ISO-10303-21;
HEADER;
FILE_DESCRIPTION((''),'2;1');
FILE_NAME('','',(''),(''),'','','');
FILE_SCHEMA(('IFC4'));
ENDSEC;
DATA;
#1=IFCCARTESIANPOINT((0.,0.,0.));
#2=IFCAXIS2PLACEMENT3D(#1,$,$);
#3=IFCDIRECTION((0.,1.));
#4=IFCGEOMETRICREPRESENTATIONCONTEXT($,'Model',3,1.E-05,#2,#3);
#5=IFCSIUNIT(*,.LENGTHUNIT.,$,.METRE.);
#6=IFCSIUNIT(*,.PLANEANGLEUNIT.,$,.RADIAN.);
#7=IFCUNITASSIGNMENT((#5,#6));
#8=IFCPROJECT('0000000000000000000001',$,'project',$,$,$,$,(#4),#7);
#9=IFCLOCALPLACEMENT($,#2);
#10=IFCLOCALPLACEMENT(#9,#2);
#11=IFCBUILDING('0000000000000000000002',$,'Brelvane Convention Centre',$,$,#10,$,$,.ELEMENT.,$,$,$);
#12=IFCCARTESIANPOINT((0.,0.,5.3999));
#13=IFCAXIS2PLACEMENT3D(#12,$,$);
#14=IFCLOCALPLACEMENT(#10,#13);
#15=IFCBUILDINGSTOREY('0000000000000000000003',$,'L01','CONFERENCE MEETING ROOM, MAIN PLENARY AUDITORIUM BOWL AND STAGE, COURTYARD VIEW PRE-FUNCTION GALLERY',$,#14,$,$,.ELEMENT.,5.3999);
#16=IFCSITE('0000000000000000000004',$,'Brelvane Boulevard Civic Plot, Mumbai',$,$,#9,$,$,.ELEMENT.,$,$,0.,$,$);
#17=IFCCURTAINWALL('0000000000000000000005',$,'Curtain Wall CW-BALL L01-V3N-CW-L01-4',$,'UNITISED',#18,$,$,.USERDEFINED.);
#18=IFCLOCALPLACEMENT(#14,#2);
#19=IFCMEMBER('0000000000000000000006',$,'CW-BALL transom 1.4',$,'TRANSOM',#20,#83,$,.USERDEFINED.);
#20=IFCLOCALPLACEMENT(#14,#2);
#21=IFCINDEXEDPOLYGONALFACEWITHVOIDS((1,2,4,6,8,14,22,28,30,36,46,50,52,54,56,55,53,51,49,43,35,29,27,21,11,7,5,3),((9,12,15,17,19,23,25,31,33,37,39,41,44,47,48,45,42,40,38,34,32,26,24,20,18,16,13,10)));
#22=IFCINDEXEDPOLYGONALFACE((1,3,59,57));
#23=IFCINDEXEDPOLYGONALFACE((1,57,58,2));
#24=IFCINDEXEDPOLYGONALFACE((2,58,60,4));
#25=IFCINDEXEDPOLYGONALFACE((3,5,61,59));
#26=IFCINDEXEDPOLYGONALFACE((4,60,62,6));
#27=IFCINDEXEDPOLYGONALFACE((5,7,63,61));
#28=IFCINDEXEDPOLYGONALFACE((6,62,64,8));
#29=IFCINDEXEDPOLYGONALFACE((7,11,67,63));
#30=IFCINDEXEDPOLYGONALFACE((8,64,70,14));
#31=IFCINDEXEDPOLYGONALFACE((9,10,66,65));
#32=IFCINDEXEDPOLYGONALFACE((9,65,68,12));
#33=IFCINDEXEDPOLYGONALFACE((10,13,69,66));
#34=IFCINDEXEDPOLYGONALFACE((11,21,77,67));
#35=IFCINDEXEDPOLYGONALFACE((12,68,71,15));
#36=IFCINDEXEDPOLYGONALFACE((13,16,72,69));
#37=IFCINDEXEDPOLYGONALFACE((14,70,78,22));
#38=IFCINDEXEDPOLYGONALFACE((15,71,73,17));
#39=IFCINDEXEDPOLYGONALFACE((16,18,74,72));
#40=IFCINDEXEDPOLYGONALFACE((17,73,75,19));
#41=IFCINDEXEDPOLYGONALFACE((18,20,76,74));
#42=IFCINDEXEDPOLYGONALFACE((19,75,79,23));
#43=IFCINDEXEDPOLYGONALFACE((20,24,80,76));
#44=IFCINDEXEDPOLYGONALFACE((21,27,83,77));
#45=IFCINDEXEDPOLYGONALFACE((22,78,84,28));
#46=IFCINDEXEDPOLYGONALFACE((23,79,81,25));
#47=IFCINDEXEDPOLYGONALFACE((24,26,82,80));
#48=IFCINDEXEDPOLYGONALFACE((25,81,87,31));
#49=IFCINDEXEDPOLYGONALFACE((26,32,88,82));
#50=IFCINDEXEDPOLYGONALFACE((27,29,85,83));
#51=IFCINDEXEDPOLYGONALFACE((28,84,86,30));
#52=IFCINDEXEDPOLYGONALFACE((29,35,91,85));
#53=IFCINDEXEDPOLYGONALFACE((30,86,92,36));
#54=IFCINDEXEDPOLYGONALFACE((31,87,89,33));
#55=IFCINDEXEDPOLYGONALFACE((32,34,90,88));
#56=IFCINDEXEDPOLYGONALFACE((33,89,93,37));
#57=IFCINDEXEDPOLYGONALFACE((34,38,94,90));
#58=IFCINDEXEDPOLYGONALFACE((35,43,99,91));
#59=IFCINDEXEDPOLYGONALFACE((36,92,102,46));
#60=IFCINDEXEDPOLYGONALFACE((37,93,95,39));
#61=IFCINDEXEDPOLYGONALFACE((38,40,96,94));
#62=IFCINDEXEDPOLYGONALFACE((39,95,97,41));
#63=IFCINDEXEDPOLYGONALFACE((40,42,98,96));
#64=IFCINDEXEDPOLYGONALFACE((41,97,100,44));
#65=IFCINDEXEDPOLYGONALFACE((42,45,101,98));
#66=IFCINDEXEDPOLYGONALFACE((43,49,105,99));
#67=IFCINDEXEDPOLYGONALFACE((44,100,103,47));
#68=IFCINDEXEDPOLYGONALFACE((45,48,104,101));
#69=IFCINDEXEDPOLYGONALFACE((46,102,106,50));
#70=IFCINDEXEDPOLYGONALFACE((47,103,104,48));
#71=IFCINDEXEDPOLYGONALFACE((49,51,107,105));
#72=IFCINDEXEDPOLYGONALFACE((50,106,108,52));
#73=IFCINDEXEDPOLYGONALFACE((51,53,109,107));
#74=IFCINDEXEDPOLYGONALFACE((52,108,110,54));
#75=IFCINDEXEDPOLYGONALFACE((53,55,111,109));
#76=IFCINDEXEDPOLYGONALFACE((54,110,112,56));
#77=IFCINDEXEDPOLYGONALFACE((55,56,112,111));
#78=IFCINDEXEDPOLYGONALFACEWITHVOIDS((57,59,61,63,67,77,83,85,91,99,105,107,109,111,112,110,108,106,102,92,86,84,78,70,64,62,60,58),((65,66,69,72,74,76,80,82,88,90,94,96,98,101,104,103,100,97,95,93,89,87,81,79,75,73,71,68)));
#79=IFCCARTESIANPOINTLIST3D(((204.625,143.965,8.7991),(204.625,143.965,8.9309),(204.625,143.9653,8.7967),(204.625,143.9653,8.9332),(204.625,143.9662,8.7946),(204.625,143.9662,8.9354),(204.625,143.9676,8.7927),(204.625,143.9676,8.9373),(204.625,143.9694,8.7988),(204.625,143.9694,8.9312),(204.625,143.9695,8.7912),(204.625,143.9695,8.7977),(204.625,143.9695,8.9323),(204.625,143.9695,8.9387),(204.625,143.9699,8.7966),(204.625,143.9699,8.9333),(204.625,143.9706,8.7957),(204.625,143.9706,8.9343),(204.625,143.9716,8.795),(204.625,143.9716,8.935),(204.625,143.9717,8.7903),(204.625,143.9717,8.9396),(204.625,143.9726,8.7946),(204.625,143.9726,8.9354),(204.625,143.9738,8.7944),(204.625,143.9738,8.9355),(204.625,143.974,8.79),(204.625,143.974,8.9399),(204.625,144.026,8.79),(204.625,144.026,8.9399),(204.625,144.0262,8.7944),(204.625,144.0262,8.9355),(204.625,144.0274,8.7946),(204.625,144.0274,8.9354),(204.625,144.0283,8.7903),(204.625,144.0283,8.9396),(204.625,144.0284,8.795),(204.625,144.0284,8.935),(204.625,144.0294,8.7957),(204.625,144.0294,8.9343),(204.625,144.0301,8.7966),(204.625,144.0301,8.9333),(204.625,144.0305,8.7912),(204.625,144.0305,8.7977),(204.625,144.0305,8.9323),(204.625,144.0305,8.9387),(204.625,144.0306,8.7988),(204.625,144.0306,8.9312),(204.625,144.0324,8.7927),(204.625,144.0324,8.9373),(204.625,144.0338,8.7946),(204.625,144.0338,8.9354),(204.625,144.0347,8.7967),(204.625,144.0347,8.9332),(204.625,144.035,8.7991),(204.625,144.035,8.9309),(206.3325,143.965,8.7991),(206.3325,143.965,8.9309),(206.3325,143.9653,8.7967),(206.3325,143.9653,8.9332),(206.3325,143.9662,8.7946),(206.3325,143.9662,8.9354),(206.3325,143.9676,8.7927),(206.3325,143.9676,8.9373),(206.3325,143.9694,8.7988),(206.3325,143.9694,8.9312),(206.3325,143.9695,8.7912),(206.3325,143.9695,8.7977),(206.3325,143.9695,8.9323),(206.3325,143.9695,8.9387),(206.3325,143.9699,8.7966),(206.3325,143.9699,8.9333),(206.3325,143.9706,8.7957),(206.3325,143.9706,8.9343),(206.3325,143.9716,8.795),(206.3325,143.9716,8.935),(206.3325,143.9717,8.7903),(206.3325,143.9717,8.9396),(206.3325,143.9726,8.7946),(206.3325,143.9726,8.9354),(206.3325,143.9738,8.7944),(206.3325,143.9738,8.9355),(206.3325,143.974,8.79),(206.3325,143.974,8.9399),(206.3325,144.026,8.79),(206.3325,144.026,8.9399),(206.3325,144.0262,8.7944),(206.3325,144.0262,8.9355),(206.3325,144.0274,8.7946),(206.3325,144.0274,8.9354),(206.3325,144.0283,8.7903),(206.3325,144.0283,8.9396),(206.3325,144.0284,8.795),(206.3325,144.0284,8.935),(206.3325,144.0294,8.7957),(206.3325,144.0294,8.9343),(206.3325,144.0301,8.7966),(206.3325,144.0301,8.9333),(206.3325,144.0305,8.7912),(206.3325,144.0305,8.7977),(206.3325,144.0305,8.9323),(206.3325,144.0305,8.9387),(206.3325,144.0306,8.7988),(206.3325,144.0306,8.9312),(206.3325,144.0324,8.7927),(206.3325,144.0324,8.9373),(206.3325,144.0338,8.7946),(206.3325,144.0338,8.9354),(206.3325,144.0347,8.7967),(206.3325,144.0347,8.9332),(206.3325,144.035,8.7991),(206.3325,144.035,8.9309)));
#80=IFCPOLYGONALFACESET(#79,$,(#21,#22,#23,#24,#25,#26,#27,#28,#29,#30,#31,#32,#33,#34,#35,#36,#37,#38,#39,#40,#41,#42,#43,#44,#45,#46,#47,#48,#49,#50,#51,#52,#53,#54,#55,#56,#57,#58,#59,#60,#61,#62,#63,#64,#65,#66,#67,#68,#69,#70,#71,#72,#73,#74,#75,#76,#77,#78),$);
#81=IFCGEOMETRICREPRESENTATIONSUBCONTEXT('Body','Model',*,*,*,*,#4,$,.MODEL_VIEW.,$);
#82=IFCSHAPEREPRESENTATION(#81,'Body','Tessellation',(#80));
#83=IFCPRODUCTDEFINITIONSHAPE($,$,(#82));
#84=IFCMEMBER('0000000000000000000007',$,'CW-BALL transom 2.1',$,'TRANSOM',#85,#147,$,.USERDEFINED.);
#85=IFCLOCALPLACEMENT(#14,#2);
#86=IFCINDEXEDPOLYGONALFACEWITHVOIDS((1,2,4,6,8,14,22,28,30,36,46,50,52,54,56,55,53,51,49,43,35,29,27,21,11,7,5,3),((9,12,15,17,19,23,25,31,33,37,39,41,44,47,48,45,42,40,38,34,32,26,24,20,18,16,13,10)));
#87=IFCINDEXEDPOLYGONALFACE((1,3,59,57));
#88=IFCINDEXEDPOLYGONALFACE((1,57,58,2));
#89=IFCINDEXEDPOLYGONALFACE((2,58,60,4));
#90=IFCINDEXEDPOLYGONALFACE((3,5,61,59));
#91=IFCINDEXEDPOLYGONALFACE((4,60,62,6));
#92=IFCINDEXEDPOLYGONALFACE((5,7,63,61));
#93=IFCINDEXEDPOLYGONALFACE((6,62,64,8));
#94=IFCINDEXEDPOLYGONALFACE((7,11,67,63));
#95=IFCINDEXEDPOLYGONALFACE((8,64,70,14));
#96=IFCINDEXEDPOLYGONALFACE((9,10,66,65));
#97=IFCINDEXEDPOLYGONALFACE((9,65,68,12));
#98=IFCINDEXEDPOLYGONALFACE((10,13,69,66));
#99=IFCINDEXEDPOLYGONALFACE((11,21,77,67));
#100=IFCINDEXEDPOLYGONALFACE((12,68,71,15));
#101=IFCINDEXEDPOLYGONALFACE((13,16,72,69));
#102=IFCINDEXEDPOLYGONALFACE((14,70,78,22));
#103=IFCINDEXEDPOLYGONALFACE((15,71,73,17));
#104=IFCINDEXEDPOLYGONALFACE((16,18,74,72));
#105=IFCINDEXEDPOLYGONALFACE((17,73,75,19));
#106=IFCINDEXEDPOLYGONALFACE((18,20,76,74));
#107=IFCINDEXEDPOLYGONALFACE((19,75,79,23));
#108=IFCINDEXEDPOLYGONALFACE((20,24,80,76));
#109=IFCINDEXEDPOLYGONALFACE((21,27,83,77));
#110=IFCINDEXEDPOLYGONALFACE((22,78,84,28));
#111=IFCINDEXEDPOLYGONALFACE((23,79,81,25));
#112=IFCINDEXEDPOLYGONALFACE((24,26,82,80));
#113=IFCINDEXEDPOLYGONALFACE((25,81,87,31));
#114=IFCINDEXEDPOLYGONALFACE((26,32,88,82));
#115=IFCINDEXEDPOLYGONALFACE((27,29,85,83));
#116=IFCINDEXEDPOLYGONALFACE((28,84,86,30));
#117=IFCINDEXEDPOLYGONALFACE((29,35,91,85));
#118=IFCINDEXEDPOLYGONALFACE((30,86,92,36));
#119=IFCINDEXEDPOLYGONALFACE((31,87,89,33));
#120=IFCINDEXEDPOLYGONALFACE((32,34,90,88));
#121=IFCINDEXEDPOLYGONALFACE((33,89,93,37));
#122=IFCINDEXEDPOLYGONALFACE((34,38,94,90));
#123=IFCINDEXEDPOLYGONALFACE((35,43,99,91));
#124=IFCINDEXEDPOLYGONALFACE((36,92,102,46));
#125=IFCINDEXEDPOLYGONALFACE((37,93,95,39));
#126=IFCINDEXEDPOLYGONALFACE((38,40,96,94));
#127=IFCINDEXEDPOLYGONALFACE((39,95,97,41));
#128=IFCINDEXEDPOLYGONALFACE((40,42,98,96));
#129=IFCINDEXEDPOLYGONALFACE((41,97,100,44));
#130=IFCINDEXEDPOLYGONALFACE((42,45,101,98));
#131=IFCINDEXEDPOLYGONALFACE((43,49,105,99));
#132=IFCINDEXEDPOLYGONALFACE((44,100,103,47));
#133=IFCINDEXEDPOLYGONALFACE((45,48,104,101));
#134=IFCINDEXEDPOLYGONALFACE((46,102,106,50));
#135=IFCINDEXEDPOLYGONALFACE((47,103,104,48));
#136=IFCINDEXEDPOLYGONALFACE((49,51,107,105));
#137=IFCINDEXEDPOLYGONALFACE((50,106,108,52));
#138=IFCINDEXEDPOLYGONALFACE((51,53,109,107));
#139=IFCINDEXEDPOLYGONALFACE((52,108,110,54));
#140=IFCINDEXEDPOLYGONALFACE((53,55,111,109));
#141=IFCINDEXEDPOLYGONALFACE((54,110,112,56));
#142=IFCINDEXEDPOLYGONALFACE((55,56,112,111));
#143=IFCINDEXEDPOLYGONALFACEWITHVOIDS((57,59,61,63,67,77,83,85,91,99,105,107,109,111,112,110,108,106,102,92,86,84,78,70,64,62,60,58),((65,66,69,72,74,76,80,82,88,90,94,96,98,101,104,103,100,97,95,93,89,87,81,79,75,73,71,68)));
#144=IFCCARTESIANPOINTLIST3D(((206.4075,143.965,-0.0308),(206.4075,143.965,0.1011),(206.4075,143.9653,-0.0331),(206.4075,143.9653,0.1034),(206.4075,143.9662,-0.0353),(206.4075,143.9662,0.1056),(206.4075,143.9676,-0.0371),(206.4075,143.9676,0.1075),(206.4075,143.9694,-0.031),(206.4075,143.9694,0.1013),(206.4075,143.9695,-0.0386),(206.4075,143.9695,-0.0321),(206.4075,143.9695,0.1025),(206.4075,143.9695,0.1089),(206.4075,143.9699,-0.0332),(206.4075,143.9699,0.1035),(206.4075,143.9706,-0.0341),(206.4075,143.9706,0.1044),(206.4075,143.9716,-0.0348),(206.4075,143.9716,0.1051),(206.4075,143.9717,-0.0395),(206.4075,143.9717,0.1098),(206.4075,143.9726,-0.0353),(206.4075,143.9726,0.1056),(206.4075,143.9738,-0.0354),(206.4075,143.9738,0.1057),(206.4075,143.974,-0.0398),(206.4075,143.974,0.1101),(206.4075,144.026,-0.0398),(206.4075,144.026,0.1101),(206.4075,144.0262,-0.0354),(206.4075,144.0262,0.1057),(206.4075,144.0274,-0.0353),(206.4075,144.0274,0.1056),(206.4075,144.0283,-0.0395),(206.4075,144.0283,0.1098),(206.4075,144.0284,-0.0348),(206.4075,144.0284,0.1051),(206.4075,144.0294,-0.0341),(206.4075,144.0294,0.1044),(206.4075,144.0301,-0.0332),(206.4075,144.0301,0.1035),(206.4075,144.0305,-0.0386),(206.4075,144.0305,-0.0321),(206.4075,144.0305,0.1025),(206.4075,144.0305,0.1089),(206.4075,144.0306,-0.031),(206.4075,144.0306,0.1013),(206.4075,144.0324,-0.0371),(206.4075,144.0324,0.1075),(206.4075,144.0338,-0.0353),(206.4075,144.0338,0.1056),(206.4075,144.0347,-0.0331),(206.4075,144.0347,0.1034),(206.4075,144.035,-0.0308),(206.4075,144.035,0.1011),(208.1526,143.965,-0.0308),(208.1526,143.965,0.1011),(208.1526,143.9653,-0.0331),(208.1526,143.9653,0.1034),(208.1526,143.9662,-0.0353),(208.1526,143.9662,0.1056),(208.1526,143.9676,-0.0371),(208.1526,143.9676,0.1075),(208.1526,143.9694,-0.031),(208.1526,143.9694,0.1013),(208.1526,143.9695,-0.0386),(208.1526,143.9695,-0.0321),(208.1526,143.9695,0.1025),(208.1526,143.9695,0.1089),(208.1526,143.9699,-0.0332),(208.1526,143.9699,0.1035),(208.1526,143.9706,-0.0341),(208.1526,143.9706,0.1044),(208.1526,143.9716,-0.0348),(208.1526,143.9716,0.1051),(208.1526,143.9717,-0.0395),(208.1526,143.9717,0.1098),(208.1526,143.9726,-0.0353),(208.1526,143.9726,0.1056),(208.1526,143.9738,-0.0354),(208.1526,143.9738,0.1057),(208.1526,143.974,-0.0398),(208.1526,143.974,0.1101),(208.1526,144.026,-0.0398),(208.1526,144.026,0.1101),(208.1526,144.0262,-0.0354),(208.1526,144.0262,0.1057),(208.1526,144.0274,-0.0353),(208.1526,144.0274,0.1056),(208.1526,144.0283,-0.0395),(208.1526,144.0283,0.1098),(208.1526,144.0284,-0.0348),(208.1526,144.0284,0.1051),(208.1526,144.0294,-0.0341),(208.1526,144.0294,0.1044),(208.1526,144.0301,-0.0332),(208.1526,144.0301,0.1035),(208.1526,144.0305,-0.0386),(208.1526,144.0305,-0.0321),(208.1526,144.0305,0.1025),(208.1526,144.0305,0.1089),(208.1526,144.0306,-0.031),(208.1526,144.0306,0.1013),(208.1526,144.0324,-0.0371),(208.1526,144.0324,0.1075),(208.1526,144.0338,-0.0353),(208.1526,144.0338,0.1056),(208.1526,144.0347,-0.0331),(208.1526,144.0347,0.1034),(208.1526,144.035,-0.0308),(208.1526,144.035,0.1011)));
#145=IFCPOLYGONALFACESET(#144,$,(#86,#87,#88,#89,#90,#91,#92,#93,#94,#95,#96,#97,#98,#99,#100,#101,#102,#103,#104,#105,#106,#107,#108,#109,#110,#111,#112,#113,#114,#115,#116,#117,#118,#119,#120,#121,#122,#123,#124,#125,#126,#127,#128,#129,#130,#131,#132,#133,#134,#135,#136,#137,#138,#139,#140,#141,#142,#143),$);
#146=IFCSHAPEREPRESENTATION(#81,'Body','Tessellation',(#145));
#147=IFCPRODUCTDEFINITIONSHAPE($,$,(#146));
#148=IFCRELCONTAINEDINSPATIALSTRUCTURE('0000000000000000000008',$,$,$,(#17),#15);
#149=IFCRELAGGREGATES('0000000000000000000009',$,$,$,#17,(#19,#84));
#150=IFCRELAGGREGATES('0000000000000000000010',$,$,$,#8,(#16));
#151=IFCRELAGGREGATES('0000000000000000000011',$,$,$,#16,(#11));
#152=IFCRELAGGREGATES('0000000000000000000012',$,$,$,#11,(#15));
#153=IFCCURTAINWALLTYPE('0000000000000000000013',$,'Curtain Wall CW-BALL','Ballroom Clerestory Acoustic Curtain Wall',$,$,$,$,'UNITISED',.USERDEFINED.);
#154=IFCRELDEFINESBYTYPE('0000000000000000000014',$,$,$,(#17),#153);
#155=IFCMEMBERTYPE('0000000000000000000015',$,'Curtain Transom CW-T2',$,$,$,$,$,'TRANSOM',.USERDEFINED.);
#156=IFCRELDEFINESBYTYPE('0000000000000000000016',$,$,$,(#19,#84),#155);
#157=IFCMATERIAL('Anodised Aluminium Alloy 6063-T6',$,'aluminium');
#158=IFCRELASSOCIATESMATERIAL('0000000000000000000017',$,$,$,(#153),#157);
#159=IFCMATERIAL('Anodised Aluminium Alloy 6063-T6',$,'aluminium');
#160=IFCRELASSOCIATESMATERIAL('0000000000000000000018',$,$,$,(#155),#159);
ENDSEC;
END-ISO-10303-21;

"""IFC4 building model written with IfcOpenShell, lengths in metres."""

from ifc_helpers import new_model, si_unit, direction, frame, origin, origin_2d, place, context, subcontext, project, spatial, hollow_rectangle, extrude, material, material_profile, profile_set, type_object, element, aggregate, save


model = new_model("IFC4")

# Units and contexts
model_context = context("Model", 3, precision=1e-05, world=origin(), true_north=direction((0.0, 1.0)))
body_context = subcontext(model_context, "Body", "Model", "MODEL_VIEW")
ifc_project = project(units=[si_unit("LENGTHUNIT", "METRE"), si_unit("PLANEANGLEUNIT", "RADIAN")], contexts=[model_context])

# Site, building, storey
site_placement = place(None, origin())
site = spatial("IfcSite", under=ifc_project, at=site_placement, Name="Brelvane Boulevard Civic Plot, Mumbai", CompositionType="ELEMENT", RefElevation=0.0)
building_placement = place(site_placement, origin())
building = spatial("IfcBuilding", under=site, at=building_placement, Name="Brelvane Convention Centre", CompositionType="ELEMENT")
storey_placement = place(building_placement, frame((0.0, 0.0, 5.3999)))
storey = spatial("IfcBuildingStorey", under=building, at=storey_placement, Name="L01", Description="CONFERENCE MEETING ROOM, MAIN PLENARY AUDITORIUM BOWL AND STAGE, COURTYARD VIEW PRE-FUNCTION GALLERY", CompositionType="ELEMENT", Elevation=5.3999)

# Curtain wall
ifc_material_1 = material(Name="Anodised Aluminium Alloy 6063-T6", Category="aluminium")
curtain_wall_type = type_object("IfcCurtainWallType", Name="Curtain Wall CW-BALL", Description="Ballroom Clerestory Acoustic Curtain Wall", ElementType="UNITISED", PredefinedType="USERDEFINED", material=ifc_material_1)
curtain_wall_1_placement = place(storey_placement, origin())
curtain_wall_1 = element("IfcCurtainWall", 1, at=curtain_wall_1_placement, inside=storey, type_object=curtain_wall_type, Name="Curtain Wall CW-BALL L01-V3N-CW-L01-4", ObjectType="UNITISED", PredefinedType="USERDEFINED")

# Members
ifc_material_2 = material(Name="Anodised Aluminium Alloy 6063-T6", Category="aluminium")
ifc_material_profile_1 = material_profile(ifc_material_2, hollow_rectangle(XDim=0.0701, YDim=0.1499, WallThickness=0.0044, InnerFilletRadius=0.0044, OuterFilletRadius=0.009, at=origin_2d()), Name="ALU-T 150x70x4.5")
ifc_profile_set_1 = profile_set([ifc_material_profile_1], Name="Anodised Aluminium Alloy 6063-T6")
member_type_1 = type_object("IfcMemberType", Name="Curtain Transom CW-T2", ElementType="TRANSOM", PredefinedType="USERDEFINED", material=ifc_profile_set_1)
member_1_placement = place(storey_placement, frame((204.625, 144.0, 8.865), z_axis=(1.0, 0.0, 0.0), x_axis=(0.0, 1.0, 0.0)))
member_1 = element("IfcMember", 2, at=member_1_placement, type_object=member_type_1, Name="CW-BALL transom 1.4", ObjectType="TRANSOM", PredefinedType="USERDEFINED", context=body_context, shape_type="SweptSolid", body=[
    extrude(hollow_rectangle(XDim=0.0701, YDim=0.1499, WallThickness=0.0044, InnerFilletRadius=0.0044, OuterFilletRadius=0.009, at=origin_2d()), origin(), (0.0, 0.0, 1.0), 1.7075),
])
member_2_placement = place(storey_placement, frame((206.4075, 144.0, 0.0352), z_axis=(1.0, 0.0, 0.0), x_axis=(0.0, 1.0, 0.0)))
member_2 = element("IfcMember", 3, at=member_2_placement, type_object=member_type_1, Name="CW-BALL transom 2.1", ObjectType="TRANSOM", PredefinedType="USERDEFINED", context=body_context, shape_type="SweptSolid", body=[
    extrude(hollow_rectangle(XDim=0.0701, YDim=0.1499, WallThickness=0.0044, InnerFilletRadius=0.0044, OuterFilletRadius=0.009, at=origin_2d()), origin(), (0.0, 0.0, 1.0), 1.7451),
])

aggregate(curtain_wall_1, [member_1, member_2])

save(model, "model.ifc")
